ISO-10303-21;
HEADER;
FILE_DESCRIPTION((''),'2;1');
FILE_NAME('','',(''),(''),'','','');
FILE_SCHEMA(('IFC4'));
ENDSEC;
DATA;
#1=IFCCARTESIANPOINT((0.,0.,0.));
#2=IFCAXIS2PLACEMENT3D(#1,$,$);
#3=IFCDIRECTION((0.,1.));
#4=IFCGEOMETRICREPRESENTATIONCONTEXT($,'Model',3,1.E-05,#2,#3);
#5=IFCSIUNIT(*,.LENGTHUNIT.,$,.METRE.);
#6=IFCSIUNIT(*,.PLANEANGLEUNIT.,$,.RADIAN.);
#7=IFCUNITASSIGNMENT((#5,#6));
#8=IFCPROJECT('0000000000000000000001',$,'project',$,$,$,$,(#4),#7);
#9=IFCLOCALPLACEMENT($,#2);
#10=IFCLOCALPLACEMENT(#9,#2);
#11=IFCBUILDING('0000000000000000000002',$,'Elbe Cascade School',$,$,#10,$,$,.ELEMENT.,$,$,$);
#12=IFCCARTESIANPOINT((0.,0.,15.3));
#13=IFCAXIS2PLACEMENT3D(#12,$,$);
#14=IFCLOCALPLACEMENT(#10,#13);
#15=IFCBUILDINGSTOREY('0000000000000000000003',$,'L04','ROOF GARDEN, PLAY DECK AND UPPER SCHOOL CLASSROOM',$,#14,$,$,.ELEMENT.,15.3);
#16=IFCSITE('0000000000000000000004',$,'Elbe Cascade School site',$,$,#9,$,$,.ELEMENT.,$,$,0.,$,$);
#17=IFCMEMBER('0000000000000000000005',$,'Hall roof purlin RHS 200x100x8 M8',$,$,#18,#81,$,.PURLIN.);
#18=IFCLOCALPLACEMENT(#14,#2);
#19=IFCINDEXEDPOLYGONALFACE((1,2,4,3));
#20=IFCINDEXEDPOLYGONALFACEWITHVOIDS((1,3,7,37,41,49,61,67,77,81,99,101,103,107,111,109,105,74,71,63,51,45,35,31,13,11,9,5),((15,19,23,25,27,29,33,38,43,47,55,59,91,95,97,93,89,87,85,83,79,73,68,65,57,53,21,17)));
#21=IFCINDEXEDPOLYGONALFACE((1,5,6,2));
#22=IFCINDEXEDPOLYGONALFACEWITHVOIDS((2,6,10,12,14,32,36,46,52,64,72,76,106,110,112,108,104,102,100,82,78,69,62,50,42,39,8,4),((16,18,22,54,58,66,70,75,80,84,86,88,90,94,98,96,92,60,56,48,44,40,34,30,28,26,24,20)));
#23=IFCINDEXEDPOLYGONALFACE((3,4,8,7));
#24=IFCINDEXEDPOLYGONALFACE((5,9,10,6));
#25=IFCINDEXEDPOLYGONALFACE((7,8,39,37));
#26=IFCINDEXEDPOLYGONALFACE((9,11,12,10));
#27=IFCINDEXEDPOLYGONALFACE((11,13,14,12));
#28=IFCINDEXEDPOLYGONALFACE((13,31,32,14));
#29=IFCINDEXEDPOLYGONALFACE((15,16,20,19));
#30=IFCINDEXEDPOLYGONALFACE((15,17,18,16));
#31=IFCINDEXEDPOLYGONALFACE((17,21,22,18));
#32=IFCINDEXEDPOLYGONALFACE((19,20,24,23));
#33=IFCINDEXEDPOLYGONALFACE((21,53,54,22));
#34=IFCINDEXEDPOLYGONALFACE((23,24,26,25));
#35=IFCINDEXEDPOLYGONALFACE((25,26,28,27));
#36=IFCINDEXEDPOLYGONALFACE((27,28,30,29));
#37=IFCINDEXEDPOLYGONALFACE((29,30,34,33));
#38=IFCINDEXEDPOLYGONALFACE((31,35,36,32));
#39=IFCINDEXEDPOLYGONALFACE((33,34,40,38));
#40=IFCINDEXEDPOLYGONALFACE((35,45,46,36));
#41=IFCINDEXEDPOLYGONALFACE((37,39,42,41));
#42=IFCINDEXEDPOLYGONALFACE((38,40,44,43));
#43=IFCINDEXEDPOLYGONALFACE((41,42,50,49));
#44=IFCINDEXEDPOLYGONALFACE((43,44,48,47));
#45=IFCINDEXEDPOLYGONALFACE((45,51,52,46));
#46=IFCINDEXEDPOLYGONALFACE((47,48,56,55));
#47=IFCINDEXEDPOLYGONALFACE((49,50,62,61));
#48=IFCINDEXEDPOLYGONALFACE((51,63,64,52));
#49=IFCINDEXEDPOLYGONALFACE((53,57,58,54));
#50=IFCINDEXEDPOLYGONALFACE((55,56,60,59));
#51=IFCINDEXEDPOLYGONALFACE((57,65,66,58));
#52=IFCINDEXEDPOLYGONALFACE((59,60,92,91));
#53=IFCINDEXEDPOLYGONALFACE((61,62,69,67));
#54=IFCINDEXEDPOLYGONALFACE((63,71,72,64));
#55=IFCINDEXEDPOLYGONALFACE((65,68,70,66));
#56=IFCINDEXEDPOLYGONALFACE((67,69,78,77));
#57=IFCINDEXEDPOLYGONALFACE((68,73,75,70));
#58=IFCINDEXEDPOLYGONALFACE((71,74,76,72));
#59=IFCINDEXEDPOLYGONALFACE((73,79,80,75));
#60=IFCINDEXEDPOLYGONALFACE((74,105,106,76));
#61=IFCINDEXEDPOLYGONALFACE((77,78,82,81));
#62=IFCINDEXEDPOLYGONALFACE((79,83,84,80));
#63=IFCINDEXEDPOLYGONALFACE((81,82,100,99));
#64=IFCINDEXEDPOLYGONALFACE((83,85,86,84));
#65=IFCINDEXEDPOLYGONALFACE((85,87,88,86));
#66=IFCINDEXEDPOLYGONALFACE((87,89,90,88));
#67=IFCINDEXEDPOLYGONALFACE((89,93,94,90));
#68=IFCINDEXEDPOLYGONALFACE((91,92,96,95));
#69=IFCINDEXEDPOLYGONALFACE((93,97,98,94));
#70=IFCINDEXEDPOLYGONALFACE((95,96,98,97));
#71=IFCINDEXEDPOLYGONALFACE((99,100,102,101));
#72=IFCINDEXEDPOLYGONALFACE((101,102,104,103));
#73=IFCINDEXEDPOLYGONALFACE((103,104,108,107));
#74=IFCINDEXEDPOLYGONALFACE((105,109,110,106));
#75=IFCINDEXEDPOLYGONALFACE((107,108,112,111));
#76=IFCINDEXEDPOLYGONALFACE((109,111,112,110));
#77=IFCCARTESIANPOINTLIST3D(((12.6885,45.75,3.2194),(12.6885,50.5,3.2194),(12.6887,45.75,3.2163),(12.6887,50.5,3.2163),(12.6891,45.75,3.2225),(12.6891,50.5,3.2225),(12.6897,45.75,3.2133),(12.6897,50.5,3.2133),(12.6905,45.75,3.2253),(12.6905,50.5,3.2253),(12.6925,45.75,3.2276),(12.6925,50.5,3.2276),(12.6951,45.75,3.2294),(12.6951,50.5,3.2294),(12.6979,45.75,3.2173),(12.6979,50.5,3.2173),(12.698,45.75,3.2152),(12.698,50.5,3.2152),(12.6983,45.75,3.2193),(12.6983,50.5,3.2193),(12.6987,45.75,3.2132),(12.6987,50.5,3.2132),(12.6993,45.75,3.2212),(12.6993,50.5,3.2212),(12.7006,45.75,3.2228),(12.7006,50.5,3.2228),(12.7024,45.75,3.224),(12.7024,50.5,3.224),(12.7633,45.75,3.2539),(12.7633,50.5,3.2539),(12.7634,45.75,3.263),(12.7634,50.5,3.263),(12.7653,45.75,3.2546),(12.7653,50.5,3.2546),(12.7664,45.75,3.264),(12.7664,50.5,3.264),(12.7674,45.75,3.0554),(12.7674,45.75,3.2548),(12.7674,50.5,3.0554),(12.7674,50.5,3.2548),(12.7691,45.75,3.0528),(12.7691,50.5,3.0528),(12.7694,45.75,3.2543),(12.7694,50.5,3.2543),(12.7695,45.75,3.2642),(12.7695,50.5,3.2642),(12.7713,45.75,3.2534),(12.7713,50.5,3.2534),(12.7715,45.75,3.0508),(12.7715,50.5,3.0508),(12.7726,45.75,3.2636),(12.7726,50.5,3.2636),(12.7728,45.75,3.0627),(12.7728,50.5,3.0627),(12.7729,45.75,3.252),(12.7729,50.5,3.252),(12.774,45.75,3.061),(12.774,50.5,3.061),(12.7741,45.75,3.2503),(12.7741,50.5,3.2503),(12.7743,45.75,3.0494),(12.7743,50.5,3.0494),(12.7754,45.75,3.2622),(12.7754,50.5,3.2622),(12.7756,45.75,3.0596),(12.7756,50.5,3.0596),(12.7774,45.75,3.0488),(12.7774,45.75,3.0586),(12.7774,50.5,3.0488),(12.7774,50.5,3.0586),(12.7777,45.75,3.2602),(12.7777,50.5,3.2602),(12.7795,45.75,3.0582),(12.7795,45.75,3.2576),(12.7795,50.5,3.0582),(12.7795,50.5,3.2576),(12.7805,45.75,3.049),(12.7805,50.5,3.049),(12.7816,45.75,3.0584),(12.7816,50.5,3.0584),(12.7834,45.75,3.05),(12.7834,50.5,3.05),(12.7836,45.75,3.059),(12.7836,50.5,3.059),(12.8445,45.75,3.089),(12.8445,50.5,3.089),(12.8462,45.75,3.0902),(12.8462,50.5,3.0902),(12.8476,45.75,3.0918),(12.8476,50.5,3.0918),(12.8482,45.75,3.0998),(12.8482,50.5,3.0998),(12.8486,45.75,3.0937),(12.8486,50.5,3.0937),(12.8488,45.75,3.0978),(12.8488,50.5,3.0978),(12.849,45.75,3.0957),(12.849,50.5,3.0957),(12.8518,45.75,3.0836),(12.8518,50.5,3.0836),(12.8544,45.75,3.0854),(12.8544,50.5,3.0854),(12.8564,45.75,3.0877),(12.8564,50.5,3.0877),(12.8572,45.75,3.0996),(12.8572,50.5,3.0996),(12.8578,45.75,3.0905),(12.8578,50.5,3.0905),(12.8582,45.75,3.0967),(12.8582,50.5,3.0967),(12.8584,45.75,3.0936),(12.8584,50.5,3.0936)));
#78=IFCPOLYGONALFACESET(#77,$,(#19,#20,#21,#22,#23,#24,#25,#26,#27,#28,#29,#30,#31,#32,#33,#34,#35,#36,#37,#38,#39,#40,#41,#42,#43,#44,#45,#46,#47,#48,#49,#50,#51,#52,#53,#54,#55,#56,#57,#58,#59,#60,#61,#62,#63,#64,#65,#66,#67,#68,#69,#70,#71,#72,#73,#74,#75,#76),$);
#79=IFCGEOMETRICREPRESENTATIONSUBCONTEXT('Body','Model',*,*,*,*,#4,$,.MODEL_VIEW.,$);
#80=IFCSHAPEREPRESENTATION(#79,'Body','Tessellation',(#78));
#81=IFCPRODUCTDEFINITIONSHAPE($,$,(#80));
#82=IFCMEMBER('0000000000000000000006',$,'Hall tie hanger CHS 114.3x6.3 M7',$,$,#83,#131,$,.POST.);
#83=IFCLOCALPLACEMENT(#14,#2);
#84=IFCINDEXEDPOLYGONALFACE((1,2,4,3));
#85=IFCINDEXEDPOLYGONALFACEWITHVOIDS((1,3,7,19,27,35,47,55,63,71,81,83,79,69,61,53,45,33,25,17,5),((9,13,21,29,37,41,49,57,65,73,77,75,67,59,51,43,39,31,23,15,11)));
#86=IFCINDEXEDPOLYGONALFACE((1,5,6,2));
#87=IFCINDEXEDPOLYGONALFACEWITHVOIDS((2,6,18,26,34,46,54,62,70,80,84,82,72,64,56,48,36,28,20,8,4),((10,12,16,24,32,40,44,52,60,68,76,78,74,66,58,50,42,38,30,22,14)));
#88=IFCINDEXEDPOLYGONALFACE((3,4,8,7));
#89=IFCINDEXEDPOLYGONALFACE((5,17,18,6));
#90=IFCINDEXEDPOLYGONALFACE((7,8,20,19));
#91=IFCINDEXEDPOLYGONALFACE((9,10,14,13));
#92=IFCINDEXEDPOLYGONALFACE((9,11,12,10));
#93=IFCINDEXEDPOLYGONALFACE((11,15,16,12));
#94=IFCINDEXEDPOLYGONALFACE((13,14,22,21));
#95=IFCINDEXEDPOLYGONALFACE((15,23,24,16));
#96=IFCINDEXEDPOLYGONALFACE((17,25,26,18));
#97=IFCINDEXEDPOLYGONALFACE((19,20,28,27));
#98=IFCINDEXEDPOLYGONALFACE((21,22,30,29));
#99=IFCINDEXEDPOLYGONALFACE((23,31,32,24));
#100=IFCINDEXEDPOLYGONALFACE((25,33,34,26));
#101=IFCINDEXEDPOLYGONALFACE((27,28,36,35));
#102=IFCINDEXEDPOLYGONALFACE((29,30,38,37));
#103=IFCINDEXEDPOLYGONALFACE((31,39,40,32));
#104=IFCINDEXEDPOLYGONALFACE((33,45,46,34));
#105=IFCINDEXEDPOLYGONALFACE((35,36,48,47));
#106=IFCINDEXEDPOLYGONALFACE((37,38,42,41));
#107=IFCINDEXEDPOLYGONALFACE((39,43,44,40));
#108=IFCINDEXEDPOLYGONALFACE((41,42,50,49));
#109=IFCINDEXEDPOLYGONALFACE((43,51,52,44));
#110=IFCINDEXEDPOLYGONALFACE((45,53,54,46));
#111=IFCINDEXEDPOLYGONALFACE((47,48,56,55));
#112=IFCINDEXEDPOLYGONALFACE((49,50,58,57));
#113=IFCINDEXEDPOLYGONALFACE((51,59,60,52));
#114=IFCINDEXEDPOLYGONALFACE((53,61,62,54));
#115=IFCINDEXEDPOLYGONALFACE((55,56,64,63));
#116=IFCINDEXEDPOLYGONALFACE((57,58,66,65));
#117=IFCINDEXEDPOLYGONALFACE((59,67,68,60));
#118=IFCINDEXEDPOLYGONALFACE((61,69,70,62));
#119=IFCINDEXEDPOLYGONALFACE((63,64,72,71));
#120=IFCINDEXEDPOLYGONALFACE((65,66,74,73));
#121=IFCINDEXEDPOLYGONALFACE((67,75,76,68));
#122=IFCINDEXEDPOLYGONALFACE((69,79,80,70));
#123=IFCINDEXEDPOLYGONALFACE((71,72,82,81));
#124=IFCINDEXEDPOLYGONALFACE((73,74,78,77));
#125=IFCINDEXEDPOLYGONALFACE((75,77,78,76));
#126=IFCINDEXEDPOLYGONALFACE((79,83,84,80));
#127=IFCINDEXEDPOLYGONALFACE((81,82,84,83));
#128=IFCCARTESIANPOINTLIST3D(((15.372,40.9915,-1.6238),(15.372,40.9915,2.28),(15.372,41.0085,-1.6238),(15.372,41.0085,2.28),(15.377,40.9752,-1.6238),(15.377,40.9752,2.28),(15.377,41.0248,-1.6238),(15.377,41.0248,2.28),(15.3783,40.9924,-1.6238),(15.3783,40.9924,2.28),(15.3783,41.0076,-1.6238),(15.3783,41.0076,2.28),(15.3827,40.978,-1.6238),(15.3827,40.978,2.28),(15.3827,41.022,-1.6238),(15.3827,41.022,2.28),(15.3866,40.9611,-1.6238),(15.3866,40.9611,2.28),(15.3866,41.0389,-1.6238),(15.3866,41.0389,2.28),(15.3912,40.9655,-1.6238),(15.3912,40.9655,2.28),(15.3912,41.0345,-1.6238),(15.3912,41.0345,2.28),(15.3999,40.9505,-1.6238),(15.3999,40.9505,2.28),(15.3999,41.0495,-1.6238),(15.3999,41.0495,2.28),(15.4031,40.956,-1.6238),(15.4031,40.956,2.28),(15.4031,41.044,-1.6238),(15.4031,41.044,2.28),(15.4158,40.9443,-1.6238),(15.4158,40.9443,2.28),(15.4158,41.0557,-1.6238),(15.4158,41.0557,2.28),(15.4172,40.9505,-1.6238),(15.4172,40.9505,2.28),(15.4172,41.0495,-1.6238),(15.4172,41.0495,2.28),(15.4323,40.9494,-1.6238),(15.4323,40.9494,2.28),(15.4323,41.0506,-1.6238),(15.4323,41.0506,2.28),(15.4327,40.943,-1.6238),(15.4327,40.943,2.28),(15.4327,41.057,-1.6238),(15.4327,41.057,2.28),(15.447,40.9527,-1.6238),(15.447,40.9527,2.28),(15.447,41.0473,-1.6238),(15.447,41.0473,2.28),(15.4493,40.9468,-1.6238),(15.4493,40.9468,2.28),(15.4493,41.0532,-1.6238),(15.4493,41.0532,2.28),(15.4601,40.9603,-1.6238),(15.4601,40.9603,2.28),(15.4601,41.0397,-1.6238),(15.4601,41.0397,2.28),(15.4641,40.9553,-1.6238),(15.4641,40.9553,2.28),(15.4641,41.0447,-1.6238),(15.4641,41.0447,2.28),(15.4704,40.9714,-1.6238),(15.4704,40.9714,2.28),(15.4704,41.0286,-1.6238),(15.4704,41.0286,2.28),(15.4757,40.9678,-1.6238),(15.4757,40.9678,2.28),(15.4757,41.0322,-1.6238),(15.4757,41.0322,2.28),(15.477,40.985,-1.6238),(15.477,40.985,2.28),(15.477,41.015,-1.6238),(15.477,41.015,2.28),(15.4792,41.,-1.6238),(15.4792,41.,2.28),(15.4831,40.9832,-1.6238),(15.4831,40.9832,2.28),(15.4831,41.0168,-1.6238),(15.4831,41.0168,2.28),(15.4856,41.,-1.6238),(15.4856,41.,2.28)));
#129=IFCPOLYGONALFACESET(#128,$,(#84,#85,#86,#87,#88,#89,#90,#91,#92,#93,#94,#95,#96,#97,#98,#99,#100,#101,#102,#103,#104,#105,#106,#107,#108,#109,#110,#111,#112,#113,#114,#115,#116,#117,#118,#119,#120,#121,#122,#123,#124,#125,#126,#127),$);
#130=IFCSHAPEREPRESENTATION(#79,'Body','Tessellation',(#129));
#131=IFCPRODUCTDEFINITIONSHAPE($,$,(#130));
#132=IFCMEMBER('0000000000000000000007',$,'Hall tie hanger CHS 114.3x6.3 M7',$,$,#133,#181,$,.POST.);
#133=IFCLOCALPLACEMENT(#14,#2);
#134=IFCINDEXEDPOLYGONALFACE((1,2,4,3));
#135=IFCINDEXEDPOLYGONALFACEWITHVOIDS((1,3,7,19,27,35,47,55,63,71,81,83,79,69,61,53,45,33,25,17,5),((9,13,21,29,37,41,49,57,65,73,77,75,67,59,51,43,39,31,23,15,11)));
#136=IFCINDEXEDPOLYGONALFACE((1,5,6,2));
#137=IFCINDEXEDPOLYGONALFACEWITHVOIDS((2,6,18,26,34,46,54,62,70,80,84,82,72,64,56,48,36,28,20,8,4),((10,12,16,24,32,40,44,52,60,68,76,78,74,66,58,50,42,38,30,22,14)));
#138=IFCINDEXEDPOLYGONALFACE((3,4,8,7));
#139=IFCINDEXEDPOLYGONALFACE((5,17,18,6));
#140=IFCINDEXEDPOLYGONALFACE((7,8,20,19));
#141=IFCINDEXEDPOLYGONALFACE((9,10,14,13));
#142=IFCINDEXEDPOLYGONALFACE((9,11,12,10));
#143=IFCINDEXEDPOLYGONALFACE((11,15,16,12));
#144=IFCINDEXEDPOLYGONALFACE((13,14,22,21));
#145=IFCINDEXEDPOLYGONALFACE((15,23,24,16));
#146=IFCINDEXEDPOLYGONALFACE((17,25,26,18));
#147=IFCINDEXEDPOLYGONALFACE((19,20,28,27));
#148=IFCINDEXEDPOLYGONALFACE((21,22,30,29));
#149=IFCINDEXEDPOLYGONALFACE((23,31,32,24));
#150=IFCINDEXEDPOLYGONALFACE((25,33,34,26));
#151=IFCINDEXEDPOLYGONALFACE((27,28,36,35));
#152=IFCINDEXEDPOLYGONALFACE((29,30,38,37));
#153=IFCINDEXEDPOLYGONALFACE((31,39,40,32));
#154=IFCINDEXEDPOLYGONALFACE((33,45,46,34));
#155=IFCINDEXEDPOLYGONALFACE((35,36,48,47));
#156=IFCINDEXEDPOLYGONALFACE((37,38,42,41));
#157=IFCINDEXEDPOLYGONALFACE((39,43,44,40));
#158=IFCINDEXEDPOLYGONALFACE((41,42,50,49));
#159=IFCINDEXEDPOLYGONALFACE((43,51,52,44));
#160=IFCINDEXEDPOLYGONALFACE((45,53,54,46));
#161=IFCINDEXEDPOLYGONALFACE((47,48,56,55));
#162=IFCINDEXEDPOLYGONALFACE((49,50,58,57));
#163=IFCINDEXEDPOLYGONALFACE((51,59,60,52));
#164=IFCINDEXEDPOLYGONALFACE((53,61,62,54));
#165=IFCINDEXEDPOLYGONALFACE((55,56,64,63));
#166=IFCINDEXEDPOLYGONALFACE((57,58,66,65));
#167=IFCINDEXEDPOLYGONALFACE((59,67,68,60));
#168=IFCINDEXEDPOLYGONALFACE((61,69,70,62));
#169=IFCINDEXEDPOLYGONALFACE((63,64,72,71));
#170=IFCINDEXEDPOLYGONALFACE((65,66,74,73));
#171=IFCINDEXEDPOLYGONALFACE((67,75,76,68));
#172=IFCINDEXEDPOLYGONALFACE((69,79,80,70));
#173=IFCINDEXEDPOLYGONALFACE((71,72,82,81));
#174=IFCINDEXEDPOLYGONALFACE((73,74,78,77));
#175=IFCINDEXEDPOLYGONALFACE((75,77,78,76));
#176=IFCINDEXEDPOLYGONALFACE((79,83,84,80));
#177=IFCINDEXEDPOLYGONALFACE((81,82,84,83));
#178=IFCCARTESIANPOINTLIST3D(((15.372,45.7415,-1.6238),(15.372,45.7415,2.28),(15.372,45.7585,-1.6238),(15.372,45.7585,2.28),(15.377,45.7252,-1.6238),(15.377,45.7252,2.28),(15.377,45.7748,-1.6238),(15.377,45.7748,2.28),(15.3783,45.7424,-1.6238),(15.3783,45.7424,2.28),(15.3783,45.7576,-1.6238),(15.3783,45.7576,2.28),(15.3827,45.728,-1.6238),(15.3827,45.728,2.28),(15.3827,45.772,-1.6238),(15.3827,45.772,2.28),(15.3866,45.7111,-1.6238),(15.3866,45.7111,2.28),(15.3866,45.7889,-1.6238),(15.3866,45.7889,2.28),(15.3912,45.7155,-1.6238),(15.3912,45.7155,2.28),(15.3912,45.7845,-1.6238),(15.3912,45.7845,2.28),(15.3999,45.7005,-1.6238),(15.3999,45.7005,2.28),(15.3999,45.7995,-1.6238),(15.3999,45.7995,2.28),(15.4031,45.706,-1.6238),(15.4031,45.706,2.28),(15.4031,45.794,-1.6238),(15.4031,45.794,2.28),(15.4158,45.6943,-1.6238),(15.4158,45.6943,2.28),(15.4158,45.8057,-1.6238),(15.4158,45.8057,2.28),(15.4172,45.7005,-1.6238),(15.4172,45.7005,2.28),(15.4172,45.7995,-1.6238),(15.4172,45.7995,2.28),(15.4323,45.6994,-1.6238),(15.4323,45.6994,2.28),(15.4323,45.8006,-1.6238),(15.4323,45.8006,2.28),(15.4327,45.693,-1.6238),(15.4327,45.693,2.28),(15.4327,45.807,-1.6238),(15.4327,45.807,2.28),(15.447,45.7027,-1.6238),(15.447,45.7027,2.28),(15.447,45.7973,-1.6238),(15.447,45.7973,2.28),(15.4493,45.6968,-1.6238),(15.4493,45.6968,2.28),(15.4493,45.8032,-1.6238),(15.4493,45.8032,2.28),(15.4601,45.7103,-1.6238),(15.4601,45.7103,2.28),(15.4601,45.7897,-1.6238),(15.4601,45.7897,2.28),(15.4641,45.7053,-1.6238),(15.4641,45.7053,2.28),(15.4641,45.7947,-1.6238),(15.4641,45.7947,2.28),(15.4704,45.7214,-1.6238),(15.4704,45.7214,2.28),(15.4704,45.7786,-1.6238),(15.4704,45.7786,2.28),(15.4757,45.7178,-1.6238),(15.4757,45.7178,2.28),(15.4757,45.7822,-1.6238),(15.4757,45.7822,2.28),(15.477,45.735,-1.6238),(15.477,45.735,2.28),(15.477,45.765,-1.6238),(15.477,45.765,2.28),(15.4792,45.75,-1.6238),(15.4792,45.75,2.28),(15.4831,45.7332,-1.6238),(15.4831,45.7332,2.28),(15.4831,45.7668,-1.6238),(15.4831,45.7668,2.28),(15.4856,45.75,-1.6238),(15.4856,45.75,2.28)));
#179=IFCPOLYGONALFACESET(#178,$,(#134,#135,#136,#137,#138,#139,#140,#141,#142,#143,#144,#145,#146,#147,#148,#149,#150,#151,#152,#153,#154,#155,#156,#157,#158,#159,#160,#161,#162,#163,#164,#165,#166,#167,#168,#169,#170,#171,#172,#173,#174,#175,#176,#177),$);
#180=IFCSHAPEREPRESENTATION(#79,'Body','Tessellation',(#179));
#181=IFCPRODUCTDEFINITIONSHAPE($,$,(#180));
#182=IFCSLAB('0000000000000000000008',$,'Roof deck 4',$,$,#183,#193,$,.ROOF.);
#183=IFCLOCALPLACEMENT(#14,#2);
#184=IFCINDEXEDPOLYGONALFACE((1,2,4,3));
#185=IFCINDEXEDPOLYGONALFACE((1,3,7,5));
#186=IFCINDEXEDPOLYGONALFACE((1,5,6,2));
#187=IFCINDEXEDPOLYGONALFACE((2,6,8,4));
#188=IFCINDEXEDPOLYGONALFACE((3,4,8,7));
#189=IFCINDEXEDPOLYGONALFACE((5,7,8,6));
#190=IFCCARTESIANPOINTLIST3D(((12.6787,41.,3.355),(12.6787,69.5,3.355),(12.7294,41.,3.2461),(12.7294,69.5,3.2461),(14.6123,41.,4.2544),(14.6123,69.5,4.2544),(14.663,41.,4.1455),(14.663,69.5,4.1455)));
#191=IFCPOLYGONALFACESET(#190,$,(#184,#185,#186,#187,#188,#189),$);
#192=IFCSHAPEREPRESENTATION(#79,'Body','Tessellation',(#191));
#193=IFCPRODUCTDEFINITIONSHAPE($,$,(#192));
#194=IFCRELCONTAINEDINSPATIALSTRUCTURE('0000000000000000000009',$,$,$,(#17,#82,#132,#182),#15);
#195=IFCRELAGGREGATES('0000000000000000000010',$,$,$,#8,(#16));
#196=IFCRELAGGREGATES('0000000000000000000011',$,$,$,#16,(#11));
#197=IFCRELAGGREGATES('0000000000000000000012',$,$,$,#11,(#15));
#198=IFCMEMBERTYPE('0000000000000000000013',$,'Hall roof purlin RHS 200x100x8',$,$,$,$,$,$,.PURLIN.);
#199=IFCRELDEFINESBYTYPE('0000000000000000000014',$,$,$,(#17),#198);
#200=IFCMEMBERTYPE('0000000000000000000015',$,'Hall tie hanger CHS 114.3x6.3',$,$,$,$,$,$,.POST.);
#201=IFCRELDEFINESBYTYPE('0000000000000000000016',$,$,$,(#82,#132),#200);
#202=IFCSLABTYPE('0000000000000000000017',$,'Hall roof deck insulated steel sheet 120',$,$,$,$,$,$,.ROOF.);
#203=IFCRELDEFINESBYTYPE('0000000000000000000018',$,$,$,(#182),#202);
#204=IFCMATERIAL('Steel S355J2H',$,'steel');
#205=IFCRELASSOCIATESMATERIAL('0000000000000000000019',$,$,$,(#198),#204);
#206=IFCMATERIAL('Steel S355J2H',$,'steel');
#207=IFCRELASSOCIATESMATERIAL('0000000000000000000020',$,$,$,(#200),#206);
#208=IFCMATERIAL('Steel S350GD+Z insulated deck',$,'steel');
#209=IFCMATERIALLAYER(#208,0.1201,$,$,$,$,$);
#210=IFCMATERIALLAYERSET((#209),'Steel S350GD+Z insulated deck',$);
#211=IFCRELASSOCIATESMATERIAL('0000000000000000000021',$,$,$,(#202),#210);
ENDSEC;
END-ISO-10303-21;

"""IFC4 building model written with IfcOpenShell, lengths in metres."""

from ifc_helpers import new_model, si_unit, direction, frame, origin, origin_2d, place, context, subcontext, project, spatial, polyline, hollow_rectangle, hollow_circle, outline, extrude, material, layer, layer_set, material_profile, profile_set, type_object, element, save


model = new_model("IFC4")

# Units and contexts
model_context = context("Model", 3, precision=1e-05, world=origin(), true_north=direction((0.0, 1.0)))
body_context = subcontext(model_context, "Body", "Model", "MODEL_VIEW")
ifc_project = project(units=[si_unit("LENGTHUNIT", "METRE"), si_unit("PLANEANGLEUNIT", "RADIAN")], contexts=[model_context])

# Site, building, storey
site_placement = place(None, origin())
site = spatial("IfcSite", under=ifc_project, at=site_placement, Name="Elbe Cascade School site", CompositionType="ELEMENT", RefElevation=0.0)
building_placement = place(site_placement, origin())
building = spatial("IfcBuilding", under=site, at=building_placement, Name="Elbe Cascade School", CompositionType="ELEMENT")
storey_placement = place(building_placement, frame((0.0, 0.0, 15.3)))
storey = spatial("IfcBuildingStorey", under=building, at=storey_placement, Name="L04", Description="ROOF GARDEN, PLAY DECK AND UPPER SCHOOL CLASSROOM", CompositionType="ELEMENT", Elevation=15.3)

# Members
ifc_material_1 = material(Name="Steel S355J2H", Category="steel")
ifc_material_profile_1 = material_profile(ifc_material_1, hollow_rectangle(XDim=0.1001, YDim=0.2, WallThickness=0.0081, InnerFilletRadius=0.0081, OuterFilletRadius=0.012, at=origin_2d()), Name="RHS 200x100x8")
ifc_profile_set_1 = profile_set([ifc_material_profile_1], Name="Steel S355J2H")
member_type_1 = type_object("IfcMemberType", Name="Hall roof purlin RHS 200x100x8", PredefinedType="PURLIN", material=ifc_profile_set_1)
for number, where, z_axis, x_axis, name in (
    (1, (12.7734, 45.75, 3.1565), (0.0, 1.0, 0.0), (-0.897163, 0.0, -0.441699), "Hall roof purlin RHS 200x100x8 M8"),
):
    element("IfcMember", number, at=place(storey_placement, frame(where, z_axis=z_axis, x_axis=x_axis)), inside=storey, type_object=member_type_1, Name=name, PredefinedType="PURLIN", context=body_context, shape_type="SweptSolid", body=[
        extrude(hollow_rectangle(XDim=0.1001, YDim=0.2, WallThickness=0.0081, InnerFilletRadius=0.0081, OuterFilletRadius=0.012, at=origin_2d()), origin(), (0.0, 0.0, 1.0), 4.75),
    ])
ifc_material_2 = material(Name="Steel S355J2H", Category="steel")
ifc_material_profile_2 = material_profile(ifc_material_2, hollow_circle(Radius=0.0571, WallThickness=0.0063, at=origin_2d()), Name="CHS 114.3x6.3")
ifc_profile_set_2 = profile_set([ifc_material_profile_2], Name="Steel S355J2H")
member_type_2 = type_object("IfcMemberType", Name="Hall tie hanger CHS 114.3x6.3", PredefinedType="POST", material=ifc_profile_set_2)
for number, where, z_axis, x_axis, name in (
    (2, (15.4285, 41.0, -1.6238), (0.0, 0.0, 1.0), (1.0, 0.0, 0.0), "Hall tie hanger CHS 114.3x6.3 M7"),
    (3, (15.4285, 45.75, -1.6238), (0.0, 0.0, 1.0), (1.0, 0.0, 0.0), "Hall tie hanger CHS 114.3x6.3 M7"),
):
    element("IfcMember", number, at=place(storey_placement, frame(where, z_axis=z_axis, x_axis=x_axis)), inside=storey, type_object=member_type_2, Name=name, PredefinedType="POST", context=body_context, shape_type="SweptSolid", body=[
        extrude(hollow_circle(Radius=0.0571, WallThickness=0.0063, at=origin_2d()), origin(), (0.0, 0.0, 1.0), 3.9038),
    ])

# Slab
ifc_material_3 = material(Name="Steel S350GD+Z insulated deck", Category="steel")
ifc_layer_1 = layer(ifc_material_3, 0.1201)
ifc_layer_set_1 = layer_set([ifc_layer_1], Name="Steel S350GD+Z insulated deck")
slab_type = type_object("IfcSlabType", Name="Hall roof deck insulated steel sheet 120", PredefinedType="ROOF", material=ifc_layer_set_1)
slab_placement = place(storey_placement, frame((12.6787, 41.0, 3.355), z_axis=(-0.421757, 0.0, 0.906709), x_axis=(0.906709, 0.0, 0.421757)))
element("IfcSlab", 4, at=slab_placement, inside=storey, type_object=slab_type, Name="Roof deck 4", PredefinedType="ROOF", context=body_context, shape_type="SweptSolid", body=[
    extrude(outline(polyline([(0.0, 0.0), (2.1325, 0.0), (2.1325, 28.5), (0.0, 28.5), (0.0, 0.0)])), origin(), (0.0, 0.0, -1.0), 0.1201),
])

save(model, "model.ifc")
